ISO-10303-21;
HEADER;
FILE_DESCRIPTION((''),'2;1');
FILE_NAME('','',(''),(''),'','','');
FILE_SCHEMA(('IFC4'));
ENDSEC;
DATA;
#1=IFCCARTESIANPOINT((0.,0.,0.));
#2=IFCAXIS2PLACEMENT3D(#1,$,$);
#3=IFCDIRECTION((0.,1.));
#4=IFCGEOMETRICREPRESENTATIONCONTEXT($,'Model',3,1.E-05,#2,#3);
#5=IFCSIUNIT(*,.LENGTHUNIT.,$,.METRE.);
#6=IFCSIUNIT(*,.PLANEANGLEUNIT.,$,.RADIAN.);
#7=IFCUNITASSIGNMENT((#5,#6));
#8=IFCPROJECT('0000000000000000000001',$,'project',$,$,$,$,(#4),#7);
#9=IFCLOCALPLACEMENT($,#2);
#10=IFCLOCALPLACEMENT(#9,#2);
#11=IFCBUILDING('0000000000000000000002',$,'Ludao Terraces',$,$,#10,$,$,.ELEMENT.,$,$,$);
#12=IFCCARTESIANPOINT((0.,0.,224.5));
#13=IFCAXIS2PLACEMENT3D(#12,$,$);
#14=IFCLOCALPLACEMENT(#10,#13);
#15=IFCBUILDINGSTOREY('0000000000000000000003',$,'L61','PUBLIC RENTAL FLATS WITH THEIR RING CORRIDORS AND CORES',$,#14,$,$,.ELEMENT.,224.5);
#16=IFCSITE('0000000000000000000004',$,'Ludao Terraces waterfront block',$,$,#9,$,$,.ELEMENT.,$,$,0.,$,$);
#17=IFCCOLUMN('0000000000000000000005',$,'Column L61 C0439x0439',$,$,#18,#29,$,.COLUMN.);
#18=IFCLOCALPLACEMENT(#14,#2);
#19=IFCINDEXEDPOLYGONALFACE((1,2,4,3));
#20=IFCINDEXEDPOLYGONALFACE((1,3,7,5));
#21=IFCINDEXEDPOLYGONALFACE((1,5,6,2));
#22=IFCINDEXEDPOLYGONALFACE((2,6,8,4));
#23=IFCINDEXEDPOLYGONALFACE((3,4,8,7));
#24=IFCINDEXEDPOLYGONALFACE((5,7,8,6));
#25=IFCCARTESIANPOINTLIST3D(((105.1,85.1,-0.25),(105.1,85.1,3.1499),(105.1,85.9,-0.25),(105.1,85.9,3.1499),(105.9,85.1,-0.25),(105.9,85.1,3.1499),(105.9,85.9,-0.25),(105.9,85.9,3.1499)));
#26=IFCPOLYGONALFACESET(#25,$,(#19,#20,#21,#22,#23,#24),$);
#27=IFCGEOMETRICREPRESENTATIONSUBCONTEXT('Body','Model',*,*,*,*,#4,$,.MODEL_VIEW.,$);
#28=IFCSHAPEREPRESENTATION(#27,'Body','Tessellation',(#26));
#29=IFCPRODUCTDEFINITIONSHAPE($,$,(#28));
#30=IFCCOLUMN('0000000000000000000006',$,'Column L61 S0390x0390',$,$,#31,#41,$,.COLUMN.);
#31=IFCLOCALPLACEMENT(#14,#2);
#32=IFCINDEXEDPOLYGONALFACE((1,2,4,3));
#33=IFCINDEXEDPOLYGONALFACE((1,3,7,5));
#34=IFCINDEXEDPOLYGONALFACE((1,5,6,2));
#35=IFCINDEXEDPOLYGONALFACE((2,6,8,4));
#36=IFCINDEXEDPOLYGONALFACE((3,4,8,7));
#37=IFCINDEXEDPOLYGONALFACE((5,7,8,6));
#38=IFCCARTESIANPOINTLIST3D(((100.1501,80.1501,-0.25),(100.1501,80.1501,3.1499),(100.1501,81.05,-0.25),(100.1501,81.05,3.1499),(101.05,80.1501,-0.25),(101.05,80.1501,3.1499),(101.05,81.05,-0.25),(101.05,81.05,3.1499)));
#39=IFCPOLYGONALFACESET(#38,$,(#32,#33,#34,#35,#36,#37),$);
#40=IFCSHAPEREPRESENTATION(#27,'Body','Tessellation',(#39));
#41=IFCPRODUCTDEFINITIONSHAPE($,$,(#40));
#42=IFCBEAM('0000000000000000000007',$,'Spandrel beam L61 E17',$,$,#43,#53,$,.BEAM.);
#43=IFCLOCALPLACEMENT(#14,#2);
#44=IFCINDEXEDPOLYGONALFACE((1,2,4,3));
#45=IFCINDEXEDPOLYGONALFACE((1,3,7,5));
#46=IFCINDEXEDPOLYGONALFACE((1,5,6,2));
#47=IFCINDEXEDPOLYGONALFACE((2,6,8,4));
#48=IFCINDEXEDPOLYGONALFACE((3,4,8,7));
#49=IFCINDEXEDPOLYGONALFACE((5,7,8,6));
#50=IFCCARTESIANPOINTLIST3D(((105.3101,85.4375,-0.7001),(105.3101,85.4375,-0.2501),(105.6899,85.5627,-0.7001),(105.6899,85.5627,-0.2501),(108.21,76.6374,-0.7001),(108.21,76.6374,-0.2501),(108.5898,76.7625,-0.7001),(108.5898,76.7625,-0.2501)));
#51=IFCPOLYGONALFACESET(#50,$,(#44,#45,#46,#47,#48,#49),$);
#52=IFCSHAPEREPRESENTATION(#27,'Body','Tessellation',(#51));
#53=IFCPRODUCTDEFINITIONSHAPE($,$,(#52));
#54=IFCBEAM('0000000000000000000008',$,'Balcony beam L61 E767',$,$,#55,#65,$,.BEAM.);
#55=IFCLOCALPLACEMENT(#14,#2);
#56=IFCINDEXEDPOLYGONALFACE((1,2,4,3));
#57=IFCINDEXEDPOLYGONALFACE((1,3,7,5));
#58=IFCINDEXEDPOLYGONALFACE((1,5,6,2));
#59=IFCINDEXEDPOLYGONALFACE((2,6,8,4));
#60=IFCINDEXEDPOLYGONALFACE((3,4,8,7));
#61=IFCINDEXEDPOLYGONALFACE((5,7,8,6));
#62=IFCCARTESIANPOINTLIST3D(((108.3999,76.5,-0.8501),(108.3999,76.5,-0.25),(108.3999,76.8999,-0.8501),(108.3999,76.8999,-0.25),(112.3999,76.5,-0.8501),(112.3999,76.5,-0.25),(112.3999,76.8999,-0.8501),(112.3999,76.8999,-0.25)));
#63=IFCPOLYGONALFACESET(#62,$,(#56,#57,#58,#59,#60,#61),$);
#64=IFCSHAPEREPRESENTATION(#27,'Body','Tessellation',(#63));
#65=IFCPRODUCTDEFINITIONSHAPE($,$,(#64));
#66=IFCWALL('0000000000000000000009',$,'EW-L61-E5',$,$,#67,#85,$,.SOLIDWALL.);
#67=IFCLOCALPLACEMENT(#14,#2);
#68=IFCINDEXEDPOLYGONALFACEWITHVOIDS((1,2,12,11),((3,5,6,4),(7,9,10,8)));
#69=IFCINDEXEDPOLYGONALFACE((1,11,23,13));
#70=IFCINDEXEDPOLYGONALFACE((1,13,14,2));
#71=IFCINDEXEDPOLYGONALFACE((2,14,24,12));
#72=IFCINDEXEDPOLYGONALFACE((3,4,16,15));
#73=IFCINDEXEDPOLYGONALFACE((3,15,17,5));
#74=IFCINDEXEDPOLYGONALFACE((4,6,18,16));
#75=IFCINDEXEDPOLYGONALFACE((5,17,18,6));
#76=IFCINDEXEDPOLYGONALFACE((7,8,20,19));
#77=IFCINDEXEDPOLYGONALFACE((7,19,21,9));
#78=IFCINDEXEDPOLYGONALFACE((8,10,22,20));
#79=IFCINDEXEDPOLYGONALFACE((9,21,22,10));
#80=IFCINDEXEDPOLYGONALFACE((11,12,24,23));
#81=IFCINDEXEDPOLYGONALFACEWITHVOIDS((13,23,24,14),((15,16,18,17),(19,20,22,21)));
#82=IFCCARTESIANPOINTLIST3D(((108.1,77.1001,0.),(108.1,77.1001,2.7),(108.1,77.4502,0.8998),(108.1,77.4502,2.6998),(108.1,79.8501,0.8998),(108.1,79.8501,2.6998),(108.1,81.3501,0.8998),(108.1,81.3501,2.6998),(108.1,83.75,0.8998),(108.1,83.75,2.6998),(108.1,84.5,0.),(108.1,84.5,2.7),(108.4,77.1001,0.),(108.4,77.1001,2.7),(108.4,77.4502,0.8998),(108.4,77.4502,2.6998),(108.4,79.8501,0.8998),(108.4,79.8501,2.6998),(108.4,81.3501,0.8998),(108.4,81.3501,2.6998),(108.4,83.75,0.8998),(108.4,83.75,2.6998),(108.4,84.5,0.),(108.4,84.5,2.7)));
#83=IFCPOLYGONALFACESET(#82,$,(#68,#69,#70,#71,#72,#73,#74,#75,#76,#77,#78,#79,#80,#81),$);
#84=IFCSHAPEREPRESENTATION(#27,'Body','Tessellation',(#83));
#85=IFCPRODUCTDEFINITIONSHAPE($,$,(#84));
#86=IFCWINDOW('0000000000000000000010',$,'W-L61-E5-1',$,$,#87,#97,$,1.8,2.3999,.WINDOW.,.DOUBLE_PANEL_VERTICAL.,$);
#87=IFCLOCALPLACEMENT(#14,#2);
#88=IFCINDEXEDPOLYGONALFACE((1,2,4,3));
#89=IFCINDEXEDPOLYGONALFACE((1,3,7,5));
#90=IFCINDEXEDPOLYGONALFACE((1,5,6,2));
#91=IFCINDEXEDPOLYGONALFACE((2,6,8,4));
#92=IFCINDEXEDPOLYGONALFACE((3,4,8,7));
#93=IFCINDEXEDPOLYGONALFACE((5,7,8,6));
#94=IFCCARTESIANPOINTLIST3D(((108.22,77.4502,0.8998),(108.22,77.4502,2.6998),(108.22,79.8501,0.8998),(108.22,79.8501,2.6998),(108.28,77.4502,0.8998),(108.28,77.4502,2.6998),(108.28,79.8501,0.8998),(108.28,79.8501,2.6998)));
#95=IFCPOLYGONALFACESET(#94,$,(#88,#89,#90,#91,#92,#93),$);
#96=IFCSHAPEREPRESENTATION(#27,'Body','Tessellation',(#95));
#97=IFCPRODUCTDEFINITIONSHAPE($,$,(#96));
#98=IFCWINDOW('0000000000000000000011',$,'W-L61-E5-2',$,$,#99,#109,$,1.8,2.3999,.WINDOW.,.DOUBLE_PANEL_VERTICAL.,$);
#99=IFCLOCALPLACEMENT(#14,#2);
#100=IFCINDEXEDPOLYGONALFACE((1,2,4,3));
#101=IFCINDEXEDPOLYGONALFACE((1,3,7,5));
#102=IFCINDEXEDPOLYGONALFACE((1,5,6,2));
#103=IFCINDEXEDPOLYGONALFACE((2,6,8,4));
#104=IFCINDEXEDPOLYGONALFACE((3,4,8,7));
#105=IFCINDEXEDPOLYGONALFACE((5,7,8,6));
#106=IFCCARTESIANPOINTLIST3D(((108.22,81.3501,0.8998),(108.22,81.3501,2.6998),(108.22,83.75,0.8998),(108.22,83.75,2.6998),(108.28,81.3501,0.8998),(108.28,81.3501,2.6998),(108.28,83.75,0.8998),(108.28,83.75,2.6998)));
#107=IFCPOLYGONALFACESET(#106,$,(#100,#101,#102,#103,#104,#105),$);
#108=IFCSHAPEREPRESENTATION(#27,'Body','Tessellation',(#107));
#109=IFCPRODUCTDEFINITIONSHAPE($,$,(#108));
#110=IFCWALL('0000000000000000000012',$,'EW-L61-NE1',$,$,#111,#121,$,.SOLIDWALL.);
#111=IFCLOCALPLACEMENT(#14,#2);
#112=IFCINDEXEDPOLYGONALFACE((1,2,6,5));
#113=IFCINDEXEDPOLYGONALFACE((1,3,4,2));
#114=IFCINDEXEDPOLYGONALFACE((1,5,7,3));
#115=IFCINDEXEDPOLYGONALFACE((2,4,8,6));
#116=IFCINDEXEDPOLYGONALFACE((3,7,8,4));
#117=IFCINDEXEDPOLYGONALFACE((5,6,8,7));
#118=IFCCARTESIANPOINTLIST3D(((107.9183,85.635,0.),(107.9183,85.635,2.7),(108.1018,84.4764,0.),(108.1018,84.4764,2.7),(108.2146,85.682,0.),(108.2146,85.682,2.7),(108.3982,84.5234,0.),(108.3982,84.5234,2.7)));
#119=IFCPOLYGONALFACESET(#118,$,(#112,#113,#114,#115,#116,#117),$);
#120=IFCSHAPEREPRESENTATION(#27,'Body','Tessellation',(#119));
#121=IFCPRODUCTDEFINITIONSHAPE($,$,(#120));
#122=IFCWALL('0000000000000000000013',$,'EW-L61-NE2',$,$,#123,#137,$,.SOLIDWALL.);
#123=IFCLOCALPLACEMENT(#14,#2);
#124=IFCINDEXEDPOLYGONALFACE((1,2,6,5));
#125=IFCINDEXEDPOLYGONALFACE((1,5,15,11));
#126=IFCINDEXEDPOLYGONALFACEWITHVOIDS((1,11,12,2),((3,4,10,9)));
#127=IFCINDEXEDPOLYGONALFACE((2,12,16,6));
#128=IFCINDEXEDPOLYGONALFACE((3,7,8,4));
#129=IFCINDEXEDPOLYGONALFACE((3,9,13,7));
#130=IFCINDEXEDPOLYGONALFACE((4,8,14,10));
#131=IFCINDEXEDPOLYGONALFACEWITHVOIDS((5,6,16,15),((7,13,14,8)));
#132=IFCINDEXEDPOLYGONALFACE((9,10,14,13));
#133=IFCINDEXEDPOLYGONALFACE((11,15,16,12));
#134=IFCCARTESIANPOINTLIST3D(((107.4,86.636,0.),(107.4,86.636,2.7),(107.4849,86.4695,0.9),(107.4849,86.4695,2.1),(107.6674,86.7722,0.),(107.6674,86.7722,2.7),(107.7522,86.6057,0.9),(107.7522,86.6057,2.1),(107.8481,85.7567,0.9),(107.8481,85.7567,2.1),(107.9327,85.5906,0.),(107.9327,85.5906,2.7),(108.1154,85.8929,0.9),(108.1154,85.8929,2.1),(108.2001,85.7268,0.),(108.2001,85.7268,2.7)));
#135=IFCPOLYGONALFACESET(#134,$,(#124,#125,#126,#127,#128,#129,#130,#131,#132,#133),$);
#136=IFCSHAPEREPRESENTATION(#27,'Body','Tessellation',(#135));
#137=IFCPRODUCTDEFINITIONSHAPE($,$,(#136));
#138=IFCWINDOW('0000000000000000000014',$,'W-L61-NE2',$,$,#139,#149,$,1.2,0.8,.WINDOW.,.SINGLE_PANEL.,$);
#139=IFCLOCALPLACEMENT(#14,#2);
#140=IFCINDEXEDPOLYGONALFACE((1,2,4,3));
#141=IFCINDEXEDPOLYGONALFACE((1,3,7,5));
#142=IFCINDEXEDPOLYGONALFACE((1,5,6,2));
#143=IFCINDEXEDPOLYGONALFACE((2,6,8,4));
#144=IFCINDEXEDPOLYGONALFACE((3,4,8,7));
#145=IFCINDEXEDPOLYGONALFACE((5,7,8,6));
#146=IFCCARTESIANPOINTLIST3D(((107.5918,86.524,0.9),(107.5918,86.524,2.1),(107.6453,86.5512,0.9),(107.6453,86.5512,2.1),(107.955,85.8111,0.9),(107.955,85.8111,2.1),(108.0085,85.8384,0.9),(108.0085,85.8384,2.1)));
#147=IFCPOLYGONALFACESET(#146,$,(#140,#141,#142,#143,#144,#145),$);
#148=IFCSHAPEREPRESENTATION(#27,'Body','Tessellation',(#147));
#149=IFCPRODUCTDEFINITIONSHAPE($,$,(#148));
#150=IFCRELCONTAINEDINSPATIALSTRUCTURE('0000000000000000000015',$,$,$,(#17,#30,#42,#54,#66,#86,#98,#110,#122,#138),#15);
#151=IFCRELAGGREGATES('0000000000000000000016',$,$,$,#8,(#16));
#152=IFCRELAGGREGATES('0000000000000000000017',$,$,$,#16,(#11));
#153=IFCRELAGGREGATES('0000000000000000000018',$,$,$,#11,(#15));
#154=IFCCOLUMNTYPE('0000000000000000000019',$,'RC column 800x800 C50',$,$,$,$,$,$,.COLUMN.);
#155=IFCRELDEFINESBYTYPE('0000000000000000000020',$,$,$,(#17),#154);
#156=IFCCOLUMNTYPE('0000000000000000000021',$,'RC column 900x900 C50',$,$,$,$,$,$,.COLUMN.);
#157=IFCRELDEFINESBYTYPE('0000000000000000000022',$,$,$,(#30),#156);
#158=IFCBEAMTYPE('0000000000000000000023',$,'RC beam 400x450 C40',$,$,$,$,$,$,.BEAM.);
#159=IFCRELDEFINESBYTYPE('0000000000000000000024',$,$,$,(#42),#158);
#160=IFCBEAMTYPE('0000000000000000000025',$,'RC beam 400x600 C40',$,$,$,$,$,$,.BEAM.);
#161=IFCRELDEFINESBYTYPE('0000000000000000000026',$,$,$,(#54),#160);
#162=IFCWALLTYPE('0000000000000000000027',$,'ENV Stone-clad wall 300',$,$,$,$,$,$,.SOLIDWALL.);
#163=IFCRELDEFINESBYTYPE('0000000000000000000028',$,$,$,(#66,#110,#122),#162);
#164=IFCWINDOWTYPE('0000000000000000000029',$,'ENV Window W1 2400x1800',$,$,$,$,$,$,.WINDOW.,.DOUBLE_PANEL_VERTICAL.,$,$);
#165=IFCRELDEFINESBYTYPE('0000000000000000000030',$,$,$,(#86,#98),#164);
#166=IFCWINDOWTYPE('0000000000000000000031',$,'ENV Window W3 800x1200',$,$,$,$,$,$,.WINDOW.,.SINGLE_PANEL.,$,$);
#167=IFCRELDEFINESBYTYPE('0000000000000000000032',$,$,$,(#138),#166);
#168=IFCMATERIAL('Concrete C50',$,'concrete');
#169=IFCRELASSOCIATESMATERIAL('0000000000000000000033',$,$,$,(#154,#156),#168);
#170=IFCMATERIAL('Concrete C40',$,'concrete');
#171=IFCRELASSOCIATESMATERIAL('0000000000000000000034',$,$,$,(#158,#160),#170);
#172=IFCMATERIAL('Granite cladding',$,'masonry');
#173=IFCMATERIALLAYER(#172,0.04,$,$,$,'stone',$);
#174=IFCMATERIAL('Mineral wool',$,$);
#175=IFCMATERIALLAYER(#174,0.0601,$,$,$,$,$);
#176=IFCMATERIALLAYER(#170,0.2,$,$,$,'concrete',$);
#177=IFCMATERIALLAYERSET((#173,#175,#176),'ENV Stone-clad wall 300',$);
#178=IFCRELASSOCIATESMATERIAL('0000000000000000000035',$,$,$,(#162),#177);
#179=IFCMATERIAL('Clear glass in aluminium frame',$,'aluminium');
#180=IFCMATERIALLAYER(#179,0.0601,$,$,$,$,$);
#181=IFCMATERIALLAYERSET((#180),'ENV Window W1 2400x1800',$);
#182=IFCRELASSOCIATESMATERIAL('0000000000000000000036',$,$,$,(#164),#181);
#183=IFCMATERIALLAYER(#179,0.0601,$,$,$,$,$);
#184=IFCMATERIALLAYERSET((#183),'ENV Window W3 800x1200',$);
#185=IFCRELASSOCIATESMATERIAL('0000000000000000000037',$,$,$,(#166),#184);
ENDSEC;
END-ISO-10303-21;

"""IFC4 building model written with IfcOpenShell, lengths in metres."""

from ifc_helpers import new_model, si_unit, direction, frame, frame_2d, origin, origin_2d, place, context, subcontext, project, spatial, rectangle, extrude, material, layer, layer_set, material_profile, profile_set, type_object, element, fill, save


model = new_model("IFC4")

# Units and contexts
model_context = context("Model", 3, precision=1e-05, world=origin(), true_north=direction((0.0, 1.0)))
body_context = subcontext(model_context, "Body", "Model", "MODEL_VIEW")
ifc_project = project(units=[si_unit("LENGTHUNIT", "METRE"), si_unit("PLANEANGLEUNIT", "RADIAN")], contexts=[model_context])

# Site, building, storey
site_placement = place(None, origin())
site = spatial("IfcSite", under=ifc_project, at=site_placement, Name="Ludao Terraces waterfront block", CompositionType="ELEMENT", RefElevation=0.0)
building_placement = place(site_placement, origin())
building = spatial("IfcBuilding", under=site, at=building_placement, Name="Ludao Terraces", CompositionType="ELEMENT")
storey_placement = place(building_placement, frame((0.0, 0.0, 224.5)))
storey = spatial("IfcBuildingStorey", under=building, at=storey_placement, Name="L61", Description="PUBLIC RENTAL FLATS WITH THEIR RING CORRIDORS AND CORES", CompositionType="ELEMENT", Elevation=224.5)

# Columns
ifc_material_1 = material(Name="Concrete C50", Category="concrete")
ifc_material_profile_1 = material_profile(ifc_material_1, rectangle(XDim=0.8, YDim=0.8, at=origin_2d()), Name="800 X 800")
ifc_profile_set_1 = profile_set([ifc_material_profile_1], Name="Concrete C50")
column_type_1 = type_object("IfcColumnType", Name="RC column 800x800 C50", PredefinedType="COLUMN", material=ifc_profile_set_1)
column_1_placement = place(storey_placement, frame((105.5, 85.5, -0.25), z_axis=(0.0, 0.0, 1.0), x_axis=(1.0, 0.0, 0.0)))
element("IfcColumn", 1, at=column_1_placement, inside=storey, type_object=column_type_1, Name="Column L61 C0439x0439", PredefinedType="COLUMN", context=body_context, shape_type="SweptSolid", body=[
    extrude(rectangle(XDim=0.8, YDim=0.8, at=origin_2d()), origin(), (0.0, 0.0, 1.0), 3.3999),
])
ifc_material_profile_2 = material_profile(ifc_material_1, rectangle(XDim=0.8999, YDim=0.8999, at=origin_2d()), Name="900 X 900")
ifc_profile_set_2 = profile_set([ifc_material_profile_2], Name="Concrete C50")
column_type_2 = type_object("IfcColumnType", Name="RC column 900x900 C50", PredefinedType="COLUMN", material=ifc_profile_set_2)
column_2_placement = place(storey_placement, frame((100.6001, 80.6001, -0.25), z_axis=(0.0, 0.0, 1.0), x_axis=(1.0, 0.0, 0.0)))
element("IfcColumn", 2, at=column_2_placement, inside=storey, type_object=column_type_2, Name="Column L61 S0390x0390", PredefinedType="COLUMN", context=body_context, shape_type="SweptSolid", body=[
    extrude(rectangle(XDim=0.8999, YDim=0.8999, at=origin_2d()), origin(), (0.0, 0.0, 1.0), 3.3999),
])

# Beams
ifc_material_2 = material(Name="Concrete C40", Category="concrete")
ifc_material_profile_3 = material_profile(ifc_material_2, rectangle(XDim=0.3999, YDim=0.45, at=origin_2d()), Name="400 X 450")
ifc_profile_set_3 = profile_set([ifc_material_profile_3], Name="Concrete C40")
beam_type_1 = type_object("IfcBeamType", Name="RC beam 400x450 C40", PredefinedType="BEAM", material=ifc_profile_set_3)
beam_1_placement = place(storey_placement, frame((108.3999, 76.7, -0.4751), z_axis=(-0.312977, 0.949761, 0.0), x_axis=(-0.949761, -0.312977, 0.0)))
element("IfcBeam", 3, at=beam_1_placement, inside=storey, type_object=beam_type_1, Name="Spandrel beam L61 E17", PredefinedType="BEAM", context=body_context, shape_type="SweptSolid", body=[
    extrude(rectangle(XDim=0.3999, YDim=0.45, at=origin_2d()), origin(), (0.0, 0.0, 1.0), 9.2656),
])
ifc_material_profile_4 = material_profile(ifc_material_2, rectangle(XDim=0.3999, YDim=0.6001, at=origin_2d()), Name="400 X 600")
ifc_profile_set_4 = profile_set([ifc_material_profile_4], Name="Concrete C40")
beam_type_2 = type_object("IfcBeamType", Name="RC beam 400x600 C40", PredefinedType="BEAM", material=ifc_profile_set_4)
beam_2_placement = place(storey_placement, frame((108.3999, 76.7, -0.55), z_axis=(1.0, 0.0, 0.0), x_axis=(0.0, 1.0, 0.0)))
element("IfcBeam", 4, at=beam_2_placement, inside=storey, type_object=beam_type_2, Name="Balcony beam L61 E767", PredefinedType="BEAM", context=body_context, shape_type="SweptSolid", body=[
    extrude(rectangle(XDim=0.3999, YDim=0.6001, at=origin_2d()), origin(), (0.0, 0.0, 1.0), 4.0),
])

# Wall, openings, windows
ifc_material_3 = material(Name="Granite cladding", Category="masonry")
ifc_layer_1 = layer(ifc_material_3, 0.04, Category="stone")
ifc_material_4 = material(Name="Mineral wool")
ifc_layer_2 = layer(ifc_material_4, 0.0601)
ifc_layer_3 = layer(ifc_material_2, 0.2, Category="concrete")
ifc_layer_set_1 = layer_set([ifc_layer_1, ifc_layer_2, ifc_layer_3], Name="ENV Stone-clad wall 300")
wall_type_1 = type_object("IfcWallType", Name="ENV Stone-clad wall 300", PredefinedType="SOLIDWALL", material=ifc_layer_set_1)
wall_1_placement = place(storey_placement, frame((108.25, 77.1001, 0.0), z_axis=(0.0, 0.0, 1.0), x_axis=(0.0, 1.0, 0.0)))
wall_1 = element("IfcWall", 5, at=wall_1_placement, inside=storey, type_object=wall_type_1, Name="EW-L61-E5", PredefinedType="SOLIDWALL", context=body_context, shape_type="SweptSolid", body=[
    extrude(rectangle(XDim=7.3999, YDim=0.3, at=frame_2d((3.7, 0.0))), origin(), (0.0, 0.0, 1.0), 2.7),
])
opening_1_placement = place(wall_1_placement, frame((0.3501, 0.0, 0.8999)))
opening_1 = element("IfcOpeningElement", 6, at=opening_1_placement, cuts=wall_1, PredefinedType="OPENING", context=body_context, shape_type="SweptSolid", body=[
    extrude(rectangle(XDim=2.3999, YDim=1.8, at=frame_2d((1.2, 0.8999))), frame((0.0, 0.1602, 0.0), z_axis=(0.0, -1.0, 0.0), x_axis=(1.0, 0.0, 0.0)), (0.0, 0.0, 1.0), 0.3201),
])
opening_2_placement = place(wall_1_placement, frame((4.25, 0.0, 0.8999)))
opening_2 = element("IfcOpeningElement", 7, at=opening_2_placement, cuts=wall_1, PredefinedType="OPENING", context=body_context, shape_type="SweptSolid", body=[
    extrude(rectangle(XDim=2.3999, YDim=1.8, at=frame_2d((1.2, 0.8999))), frame((0.0, 0.1602, 0.0), z_axis=(0.0, -1.0, 0.0), x_axis=(1.0, 0.0, 0.0)), (0.0, 0.0, 1.0), 0.3201),
])
ifc_material_5 = material(Name="Clear glass in aluminium frame", Category="aluminium")
ifc_layer_4 = layer(ifc_material_5, 0.0601)
ifc_layer_set_2 = layer_set([ifc_layer_4], Name="ENV Window W1 2400x1800")
window_type_1 = type_object("IfcWindowType", Name="ENV Window W1 2400x1800", PartitioningType="DOUBLE_PANEL_VERTICAL", PredefinedType="WINDOW", material=ifc_layer_set_2)
window_1_placement = place(opening_1_placement, origin())
window_1 = element("IfcWindow", 8, at=window_1_placement, inside=storey, type_object=window_type_1, Name="W-L61-E5-1", OverallHeight=1.8, OverallWidth=2.3999, PartitioningType="DOUBLE_PANEL_VERTICAL", PredefinedType="WINDOW", context=body_context, shape_type="SweptSolid", body=[
    extrude(rectangle(XDim=2.3999, YDim=1.8, at=frame_2d((1.2, 0.8999))), frame((0.0, 0.03, 0.0), z_axis=(0.0, -1.0, 0.0), x_axis=(1.0, 0.0, 0.0)), (0.0, 0.0, 1.0), 0.0601),
])
fill(opening_1, window_1)
window_2_placement = place(opening_2_placement, origin())
window_2 = element("IfcWindow", 9, at=window_2_placement, inside=storey, type_object=window_type_1, Name="W-L61-E5-2", OverallHeight=1.8, OverallWidth=2.3999, PartitioningType="DOUBLE_PANEL_VERTICAL", PredefinedType="WINDOW", context=body_context, shape_type="SweptSolid", body=[
    extrude(rectangle(XDim=2.3999, YDim=1.8, at=frame_2d((1.2, 0.8999))), frame((0.0, 0.03, 0.0), z_axis=(0.0, -1.0, 0.0), x_axis=(1.0, 0.0, 0.0)), (0.0, 0.0, 1.0), 0.0601),
])
fill(opening_2, window_2)

# Wall
wall_2_placement = place(storey_placement, frame((108.25, 84.5, 0.0), z_axis=(0.0, 0.0, 1.0), x_axis=(-0.156497, 0.987678, 0.0)))
element("IfcWall", 10, at=wall_2_placement, inside=storey, type_object=wall_type_1, Name="EW-L61-NE1", PredefinedType="SOLIDWALL", context=body_context, shape_type="SweptSolid", body=[
    extrude(rectangle(XDim=1.1731, YDim=0.3, at=frame_2d((0.5864, 0.0))), origin(), (0.0, 0.0, 1.0), 2.7),
])

# Wall, opening, window
wall_3_placement = place(storey_placement, frame((108.0664, 85.6587, 0.0), z_axis=(0.0, 0.0, 1.0), x_axis=(-0.454026, 0.890989, 0.0)))
wall_3 = element("IfcWall", 11, at=wall_3_placement, inside=storey, type_object=wall_type_1, Name="EW-L61-NE2", PredefinedType="SOLIDWALL", context=body_context, shape_type="SweptSolid", body=[
    extrude(rectangle(XDim=1.1733, YDim=0.3, at=frame_2d((0.5867, 0.0))), origin(), (0.0, 0.0, 1.0), 2.7),
])
opening_3_placement = place(wall_3_placement, frame((0.1865, 0.0, 0.8999)))
opening_3 = element("IfcOpeningElement", 12, at=opening_3_placement, cuts=wall_3, PredefinedType="OPENING", context=body_context, shape_type="SweptSolid", body=[
    extrude(rectangle(XDim=0.8, YDim=1.2, at=frame_2d((0.3999, 0.6001))), frame((0.0, 0.1602, 0.0), z_axis=(0.0, -1.0, 0.0), x_axis=(1.0, 0.0, 0.0)), (0.0, 0.0, 1.0), 0.3201),
])
ifc_layer_5 = layer(ifc_material_5, 0.0601)
ifc_layer_set_3 = layer_set([ifc_layer_5], Name="ENV Window W3 800x1200")
window_type_2 = type_object("IfcWindowType", Name="ENV Window W3 800x1200", PartitioningType="SINGLE_PANEL", PredefinedType="WINDOW", material=ifc_layer_set_3)
window_3_placement = place(opening_3_placement, origin())
window_3 = element("IfcWindow", 13, at=window_3_placement, inside=storey, type_object=window_type_2, Name="W-L61-NE2", OverallHeight=1.2, OverallWidth=0.8, PartitioningType="SINGLE_PANEL", PredefinedType="WINDOW", context=body_context, shape_type="SweptSolid", body=[
    extrude(rectangle(XDim=0.8, YDim=1.2, at=frame_2d((0.3999, 0.6001))), frame((0.0, 0.03, 0.0), z_axis=(0.0, -1.0, 0.0), x_axis=(1.0, 0.0, 0.0)), (0.0, 0.0, 1.0), 0.0601),
])
fill(opening_3, window_3)

save(model, "model.ifc")
